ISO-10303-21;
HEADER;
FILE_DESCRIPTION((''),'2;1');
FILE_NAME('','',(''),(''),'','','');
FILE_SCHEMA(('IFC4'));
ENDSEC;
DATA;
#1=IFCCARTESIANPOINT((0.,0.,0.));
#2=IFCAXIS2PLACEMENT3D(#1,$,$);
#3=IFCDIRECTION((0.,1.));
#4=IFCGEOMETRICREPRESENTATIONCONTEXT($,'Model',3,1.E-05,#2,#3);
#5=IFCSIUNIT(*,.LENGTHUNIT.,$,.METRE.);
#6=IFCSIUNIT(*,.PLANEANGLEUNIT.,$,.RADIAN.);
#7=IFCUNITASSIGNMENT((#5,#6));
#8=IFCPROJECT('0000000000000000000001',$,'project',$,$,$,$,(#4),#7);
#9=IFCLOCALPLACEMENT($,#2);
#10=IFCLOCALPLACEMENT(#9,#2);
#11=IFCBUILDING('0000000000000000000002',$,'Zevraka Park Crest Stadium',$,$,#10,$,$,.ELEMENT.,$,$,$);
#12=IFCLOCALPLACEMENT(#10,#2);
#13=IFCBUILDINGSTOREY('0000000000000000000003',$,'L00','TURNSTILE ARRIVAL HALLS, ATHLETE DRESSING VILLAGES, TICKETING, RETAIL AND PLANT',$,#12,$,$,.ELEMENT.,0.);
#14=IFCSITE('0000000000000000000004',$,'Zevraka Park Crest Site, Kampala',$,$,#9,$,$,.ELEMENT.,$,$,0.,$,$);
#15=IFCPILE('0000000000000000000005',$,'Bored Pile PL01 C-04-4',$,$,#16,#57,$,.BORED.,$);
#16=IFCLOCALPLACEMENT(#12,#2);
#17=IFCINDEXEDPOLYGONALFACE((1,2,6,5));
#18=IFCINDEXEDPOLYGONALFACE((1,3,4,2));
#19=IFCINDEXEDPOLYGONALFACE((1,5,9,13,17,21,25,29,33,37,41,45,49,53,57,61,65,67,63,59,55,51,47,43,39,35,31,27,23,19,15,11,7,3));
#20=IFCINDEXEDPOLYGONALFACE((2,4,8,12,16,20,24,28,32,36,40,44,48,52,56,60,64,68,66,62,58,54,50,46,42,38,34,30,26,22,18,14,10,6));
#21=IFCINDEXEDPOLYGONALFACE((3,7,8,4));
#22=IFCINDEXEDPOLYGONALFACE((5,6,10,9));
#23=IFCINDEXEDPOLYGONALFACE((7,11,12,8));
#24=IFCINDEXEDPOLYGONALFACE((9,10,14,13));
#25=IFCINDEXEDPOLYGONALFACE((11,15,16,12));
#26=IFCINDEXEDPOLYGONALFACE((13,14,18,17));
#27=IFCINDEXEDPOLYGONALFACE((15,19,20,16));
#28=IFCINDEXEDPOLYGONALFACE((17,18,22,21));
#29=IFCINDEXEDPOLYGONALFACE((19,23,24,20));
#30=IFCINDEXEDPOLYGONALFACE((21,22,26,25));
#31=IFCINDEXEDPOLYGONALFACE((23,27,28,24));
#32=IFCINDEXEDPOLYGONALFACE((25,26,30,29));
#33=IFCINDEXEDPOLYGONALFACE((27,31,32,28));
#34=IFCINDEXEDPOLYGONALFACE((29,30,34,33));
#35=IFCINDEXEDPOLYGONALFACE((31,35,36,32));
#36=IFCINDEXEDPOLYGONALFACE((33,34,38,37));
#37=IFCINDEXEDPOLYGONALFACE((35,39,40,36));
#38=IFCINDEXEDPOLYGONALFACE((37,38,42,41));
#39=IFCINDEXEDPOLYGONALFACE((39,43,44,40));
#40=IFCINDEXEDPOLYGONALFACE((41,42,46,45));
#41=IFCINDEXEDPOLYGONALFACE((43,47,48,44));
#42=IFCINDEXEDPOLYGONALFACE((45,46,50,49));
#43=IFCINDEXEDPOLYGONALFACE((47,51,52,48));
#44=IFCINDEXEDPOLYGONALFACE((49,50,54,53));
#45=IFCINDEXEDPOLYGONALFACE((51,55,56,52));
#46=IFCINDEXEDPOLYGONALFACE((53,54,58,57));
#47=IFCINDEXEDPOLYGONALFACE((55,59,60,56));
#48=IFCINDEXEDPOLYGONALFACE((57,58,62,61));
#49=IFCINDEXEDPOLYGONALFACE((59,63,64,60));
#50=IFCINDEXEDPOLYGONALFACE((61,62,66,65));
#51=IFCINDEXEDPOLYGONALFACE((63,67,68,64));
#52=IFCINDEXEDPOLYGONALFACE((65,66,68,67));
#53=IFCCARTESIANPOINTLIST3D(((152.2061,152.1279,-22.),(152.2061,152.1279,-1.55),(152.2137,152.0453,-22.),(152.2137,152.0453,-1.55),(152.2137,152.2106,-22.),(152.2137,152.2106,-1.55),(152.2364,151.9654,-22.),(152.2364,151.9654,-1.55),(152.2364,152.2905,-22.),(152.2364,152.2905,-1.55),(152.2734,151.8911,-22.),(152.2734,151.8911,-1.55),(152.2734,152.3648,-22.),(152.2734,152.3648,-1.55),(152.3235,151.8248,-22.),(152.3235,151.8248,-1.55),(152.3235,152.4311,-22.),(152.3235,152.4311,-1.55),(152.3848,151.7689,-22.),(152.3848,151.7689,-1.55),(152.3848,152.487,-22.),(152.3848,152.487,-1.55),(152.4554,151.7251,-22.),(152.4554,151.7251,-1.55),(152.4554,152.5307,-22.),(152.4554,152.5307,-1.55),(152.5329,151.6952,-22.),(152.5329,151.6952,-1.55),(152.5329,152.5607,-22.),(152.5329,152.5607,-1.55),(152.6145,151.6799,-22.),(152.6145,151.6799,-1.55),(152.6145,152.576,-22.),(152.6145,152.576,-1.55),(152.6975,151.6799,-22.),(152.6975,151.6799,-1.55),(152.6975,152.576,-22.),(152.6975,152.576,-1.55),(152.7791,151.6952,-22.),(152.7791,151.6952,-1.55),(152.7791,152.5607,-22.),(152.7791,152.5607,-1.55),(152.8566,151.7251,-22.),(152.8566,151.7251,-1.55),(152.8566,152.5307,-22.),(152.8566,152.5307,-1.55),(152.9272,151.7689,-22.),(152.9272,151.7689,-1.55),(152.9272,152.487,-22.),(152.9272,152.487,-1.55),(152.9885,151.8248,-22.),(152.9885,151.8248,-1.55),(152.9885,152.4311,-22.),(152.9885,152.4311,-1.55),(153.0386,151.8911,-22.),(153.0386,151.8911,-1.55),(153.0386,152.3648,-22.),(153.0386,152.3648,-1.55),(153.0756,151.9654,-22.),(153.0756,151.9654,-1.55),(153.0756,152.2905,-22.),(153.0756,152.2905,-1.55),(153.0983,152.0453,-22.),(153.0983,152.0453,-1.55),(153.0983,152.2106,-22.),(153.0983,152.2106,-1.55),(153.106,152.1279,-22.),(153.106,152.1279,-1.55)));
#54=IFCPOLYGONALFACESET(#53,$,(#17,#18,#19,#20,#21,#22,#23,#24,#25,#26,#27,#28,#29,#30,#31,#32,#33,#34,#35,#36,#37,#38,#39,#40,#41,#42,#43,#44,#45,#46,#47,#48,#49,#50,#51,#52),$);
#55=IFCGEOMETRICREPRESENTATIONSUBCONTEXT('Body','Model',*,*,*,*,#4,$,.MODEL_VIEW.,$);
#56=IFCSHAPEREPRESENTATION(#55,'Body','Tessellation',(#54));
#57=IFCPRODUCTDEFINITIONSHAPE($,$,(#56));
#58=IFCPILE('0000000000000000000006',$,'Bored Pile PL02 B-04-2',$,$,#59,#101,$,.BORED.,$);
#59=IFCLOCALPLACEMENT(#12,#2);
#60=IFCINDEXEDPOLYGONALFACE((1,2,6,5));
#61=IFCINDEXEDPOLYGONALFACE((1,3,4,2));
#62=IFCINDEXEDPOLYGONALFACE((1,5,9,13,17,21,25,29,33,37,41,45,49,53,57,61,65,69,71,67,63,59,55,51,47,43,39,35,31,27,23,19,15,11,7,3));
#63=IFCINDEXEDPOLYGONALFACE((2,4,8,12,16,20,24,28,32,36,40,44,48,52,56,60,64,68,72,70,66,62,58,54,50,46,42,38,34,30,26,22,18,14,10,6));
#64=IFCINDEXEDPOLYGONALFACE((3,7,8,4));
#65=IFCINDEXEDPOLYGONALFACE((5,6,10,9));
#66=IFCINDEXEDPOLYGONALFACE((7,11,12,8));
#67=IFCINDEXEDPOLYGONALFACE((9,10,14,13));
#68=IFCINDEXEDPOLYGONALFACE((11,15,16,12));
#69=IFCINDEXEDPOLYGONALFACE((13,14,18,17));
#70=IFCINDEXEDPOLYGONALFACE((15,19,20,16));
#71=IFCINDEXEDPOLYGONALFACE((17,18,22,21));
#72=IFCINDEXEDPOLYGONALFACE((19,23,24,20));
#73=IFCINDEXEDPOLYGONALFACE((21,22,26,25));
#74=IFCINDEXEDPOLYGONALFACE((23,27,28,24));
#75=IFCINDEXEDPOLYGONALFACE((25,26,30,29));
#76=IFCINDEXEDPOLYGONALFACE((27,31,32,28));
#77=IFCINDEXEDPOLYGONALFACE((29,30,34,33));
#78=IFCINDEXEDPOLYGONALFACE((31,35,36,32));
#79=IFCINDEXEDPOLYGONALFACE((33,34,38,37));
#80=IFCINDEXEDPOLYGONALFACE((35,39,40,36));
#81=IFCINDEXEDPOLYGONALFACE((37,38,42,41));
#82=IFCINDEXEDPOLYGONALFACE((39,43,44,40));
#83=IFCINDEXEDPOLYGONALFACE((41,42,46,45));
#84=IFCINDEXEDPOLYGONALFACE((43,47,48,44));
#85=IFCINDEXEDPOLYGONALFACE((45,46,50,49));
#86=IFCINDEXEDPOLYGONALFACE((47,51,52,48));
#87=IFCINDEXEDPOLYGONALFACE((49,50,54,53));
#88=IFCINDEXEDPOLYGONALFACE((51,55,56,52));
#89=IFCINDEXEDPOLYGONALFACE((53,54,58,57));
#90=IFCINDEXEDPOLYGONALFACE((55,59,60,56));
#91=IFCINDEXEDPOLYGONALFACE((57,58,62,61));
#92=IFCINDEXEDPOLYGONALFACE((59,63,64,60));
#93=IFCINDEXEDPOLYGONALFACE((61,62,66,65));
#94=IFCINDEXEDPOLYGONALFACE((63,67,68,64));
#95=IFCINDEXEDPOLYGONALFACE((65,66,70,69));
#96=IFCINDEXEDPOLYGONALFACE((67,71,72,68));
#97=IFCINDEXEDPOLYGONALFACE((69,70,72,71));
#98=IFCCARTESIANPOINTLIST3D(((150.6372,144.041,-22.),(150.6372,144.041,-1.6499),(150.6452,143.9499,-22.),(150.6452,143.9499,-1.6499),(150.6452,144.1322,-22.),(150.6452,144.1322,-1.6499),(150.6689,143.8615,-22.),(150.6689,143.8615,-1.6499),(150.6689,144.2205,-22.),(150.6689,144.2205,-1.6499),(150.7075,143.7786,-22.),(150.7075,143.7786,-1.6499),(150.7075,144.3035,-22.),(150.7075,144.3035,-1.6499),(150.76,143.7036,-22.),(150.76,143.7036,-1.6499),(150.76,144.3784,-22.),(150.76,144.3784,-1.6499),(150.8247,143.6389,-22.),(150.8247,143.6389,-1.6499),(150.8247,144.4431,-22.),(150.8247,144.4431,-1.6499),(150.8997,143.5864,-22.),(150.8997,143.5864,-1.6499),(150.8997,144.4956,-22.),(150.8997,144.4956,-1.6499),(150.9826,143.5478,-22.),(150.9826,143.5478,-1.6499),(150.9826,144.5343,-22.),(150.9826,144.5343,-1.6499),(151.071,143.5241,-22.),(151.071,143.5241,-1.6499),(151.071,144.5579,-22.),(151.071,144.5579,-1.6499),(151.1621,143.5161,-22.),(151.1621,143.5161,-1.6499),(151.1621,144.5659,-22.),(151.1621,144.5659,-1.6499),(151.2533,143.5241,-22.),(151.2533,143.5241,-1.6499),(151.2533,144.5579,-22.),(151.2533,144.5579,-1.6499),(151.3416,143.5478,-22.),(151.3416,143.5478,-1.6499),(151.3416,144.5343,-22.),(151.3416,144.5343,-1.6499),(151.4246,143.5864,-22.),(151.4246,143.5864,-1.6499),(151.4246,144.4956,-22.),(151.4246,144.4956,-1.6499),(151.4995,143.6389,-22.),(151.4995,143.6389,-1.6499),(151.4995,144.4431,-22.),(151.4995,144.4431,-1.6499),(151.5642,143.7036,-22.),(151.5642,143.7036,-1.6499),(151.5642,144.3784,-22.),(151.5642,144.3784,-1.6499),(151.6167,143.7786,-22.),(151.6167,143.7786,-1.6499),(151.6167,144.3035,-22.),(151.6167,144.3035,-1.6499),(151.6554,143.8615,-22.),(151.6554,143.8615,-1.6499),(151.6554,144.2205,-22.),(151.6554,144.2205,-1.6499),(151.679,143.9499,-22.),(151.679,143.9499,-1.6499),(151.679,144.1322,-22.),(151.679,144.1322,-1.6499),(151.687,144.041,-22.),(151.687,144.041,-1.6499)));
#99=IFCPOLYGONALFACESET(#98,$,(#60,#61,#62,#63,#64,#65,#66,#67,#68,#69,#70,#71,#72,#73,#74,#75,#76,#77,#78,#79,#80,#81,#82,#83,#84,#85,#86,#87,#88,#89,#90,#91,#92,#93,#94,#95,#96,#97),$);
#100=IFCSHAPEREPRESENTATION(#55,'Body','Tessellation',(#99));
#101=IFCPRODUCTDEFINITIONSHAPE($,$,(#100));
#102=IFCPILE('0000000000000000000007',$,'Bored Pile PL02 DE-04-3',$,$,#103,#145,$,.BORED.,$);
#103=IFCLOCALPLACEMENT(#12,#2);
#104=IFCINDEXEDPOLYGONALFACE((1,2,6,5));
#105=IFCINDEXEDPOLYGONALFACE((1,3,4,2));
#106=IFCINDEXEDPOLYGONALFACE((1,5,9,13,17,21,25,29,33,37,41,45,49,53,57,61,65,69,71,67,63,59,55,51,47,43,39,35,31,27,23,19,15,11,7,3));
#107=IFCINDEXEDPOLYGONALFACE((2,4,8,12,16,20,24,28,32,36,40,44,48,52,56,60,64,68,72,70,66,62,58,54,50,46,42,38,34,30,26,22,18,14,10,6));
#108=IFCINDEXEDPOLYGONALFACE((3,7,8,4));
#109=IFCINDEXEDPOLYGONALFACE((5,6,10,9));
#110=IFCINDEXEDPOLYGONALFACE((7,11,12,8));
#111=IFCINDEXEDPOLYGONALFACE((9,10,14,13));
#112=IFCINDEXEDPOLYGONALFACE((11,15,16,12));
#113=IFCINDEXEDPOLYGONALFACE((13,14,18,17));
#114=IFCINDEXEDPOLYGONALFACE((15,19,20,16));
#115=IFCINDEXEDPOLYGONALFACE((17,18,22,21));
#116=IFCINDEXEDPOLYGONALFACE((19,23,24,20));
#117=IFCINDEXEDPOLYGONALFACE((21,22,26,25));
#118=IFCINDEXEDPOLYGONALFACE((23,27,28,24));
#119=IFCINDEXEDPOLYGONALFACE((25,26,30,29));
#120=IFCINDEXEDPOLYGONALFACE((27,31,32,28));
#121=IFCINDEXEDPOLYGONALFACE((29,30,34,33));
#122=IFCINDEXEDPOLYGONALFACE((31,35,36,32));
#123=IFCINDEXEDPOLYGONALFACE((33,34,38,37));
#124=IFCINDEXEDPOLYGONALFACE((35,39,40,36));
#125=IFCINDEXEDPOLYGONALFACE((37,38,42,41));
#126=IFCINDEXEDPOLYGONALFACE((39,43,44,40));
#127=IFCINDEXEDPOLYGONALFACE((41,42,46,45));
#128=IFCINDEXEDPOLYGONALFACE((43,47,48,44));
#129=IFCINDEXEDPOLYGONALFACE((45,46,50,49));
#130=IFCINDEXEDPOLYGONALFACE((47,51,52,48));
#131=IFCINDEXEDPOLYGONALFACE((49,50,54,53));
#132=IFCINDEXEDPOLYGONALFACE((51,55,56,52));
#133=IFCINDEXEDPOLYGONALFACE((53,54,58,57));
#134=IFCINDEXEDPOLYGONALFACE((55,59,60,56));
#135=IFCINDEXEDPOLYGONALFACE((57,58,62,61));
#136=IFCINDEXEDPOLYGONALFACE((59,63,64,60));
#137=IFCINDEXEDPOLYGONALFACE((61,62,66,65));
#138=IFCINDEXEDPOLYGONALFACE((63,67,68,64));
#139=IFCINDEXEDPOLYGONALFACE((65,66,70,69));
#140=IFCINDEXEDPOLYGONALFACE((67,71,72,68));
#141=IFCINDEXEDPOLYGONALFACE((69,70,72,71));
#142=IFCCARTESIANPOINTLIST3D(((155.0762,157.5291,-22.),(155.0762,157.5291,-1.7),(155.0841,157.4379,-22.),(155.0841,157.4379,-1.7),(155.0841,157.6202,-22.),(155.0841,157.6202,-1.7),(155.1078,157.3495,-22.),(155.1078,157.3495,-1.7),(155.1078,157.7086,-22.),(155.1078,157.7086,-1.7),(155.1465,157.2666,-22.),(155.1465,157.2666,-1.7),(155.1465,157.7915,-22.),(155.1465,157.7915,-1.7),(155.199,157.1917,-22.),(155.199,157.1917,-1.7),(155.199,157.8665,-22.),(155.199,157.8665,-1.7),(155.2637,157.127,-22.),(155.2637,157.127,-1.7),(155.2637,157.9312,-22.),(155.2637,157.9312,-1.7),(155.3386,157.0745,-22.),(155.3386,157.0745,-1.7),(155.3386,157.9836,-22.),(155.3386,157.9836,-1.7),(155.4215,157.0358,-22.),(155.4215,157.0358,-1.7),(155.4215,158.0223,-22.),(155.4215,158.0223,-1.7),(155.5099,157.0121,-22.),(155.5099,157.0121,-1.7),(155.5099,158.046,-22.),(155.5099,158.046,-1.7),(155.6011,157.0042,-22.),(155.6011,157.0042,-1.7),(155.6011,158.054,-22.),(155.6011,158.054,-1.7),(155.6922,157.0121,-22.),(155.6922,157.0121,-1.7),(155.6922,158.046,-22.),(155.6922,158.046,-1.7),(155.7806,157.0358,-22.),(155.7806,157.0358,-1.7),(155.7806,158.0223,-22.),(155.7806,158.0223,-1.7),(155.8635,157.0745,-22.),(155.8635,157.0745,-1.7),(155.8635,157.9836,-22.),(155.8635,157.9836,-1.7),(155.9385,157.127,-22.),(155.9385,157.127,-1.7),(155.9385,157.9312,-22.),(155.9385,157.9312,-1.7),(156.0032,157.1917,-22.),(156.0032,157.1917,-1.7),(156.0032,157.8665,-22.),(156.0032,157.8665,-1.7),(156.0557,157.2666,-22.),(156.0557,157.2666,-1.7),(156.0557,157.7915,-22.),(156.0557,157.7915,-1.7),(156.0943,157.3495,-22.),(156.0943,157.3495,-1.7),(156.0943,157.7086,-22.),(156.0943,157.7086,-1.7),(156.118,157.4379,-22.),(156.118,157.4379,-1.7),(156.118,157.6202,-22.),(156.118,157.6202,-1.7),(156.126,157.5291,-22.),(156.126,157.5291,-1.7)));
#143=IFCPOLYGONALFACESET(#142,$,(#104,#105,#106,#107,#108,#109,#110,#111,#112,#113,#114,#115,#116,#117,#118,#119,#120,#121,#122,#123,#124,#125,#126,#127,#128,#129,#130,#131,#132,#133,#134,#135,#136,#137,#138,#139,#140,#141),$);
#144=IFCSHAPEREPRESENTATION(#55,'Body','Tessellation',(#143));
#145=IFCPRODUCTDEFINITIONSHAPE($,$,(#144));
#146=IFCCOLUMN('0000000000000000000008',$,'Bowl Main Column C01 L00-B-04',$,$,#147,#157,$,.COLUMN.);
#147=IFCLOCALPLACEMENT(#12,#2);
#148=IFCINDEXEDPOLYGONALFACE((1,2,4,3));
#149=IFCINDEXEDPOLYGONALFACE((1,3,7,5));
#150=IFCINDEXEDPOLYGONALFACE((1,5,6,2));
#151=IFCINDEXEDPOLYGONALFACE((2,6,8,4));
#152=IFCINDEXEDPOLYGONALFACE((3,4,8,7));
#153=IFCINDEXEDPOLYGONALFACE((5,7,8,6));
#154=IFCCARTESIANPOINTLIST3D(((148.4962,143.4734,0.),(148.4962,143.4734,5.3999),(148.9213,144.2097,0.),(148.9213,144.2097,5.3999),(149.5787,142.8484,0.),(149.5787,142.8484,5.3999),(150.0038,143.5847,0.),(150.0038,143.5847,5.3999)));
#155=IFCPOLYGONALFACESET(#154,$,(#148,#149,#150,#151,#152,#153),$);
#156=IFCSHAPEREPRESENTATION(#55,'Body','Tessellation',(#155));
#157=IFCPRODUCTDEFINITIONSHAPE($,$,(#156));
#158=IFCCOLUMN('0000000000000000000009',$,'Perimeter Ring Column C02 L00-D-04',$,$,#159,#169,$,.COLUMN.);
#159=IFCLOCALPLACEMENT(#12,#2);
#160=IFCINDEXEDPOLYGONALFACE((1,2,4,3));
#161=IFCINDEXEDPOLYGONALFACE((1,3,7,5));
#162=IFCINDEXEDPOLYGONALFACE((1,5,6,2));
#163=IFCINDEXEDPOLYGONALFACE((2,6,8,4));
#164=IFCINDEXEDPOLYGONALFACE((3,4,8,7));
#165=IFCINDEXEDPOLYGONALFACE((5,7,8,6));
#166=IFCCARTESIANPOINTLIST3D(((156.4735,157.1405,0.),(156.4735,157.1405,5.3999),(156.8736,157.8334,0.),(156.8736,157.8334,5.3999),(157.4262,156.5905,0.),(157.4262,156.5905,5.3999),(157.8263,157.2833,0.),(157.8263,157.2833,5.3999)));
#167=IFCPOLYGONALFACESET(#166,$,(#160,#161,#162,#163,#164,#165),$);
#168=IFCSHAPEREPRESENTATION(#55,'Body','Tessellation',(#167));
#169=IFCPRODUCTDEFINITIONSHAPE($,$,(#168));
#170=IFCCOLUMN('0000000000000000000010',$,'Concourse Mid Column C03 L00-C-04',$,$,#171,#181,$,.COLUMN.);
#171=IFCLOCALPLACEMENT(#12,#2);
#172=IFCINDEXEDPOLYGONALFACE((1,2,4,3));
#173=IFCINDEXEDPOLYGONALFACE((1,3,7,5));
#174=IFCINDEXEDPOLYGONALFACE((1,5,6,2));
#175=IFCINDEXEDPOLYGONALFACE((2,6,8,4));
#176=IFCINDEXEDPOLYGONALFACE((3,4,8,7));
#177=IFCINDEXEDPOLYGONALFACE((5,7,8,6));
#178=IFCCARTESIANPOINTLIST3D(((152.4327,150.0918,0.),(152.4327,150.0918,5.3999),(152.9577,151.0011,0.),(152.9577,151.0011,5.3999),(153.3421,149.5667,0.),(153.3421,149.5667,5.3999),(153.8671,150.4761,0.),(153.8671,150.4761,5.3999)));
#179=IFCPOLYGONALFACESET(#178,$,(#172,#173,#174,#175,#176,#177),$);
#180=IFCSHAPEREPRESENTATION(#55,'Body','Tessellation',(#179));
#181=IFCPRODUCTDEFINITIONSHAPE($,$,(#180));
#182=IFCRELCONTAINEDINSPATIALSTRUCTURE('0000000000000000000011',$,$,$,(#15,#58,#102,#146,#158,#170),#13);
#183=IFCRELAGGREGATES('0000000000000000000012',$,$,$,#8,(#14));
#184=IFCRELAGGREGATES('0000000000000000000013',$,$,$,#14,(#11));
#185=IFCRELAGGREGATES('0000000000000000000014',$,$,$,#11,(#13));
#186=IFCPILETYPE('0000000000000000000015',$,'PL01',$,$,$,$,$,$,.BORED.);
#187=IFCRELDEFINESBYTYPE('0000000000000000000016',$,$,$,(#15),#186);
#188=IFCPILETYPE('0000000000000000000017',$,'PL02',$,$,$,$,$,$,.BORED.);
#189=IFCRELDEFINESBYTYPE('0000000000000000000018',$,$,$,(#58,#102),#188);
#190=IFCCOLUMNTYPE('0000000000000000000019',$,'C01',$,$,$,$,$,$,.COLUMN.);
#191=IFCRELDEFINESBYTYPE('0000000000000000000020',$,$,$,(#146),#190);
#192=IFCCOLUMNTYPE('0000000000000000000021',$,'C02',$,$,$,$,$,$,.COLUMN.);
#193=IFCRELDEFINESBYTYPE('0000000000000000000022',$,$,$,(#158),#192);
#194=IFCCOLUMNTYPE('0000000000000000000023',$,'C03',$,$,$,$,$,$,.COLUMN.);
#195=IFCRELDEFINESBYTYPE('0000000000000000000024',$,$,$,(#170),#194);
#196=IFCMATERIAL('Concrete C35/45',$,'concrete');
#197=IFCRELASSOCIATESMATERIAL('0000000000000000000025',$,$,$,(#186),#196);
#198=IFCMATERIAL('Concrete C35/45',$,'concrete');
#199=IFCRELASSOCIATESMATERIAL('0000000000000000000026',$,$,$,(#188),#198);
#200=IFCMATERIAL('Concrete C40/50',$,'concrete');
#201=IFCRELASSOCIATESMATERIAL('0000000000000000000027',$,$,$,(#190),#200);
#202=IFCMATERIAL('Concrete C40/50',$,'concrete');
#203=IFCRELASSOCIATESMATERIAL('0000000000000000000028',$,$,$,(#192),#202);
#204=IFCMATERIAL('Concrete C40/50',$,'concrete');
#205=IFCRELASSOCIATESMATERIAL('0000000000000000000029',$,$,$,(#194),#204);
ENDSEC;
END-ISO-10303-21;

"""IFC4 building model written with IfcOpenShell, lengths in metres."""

from ifc_helpers import new_model, si_unit, direction, frame, origin, origin_2d, place, context, subcontext, project, spatial, rectangle, circle, extrude, material, material_profile, profile_set, type_object, element, save


model = new_model("IFC4")

# Units and contexts
model_context = context("Model", 3, precision=1e-05, world=origin(), true_north=direction((0.0, 1.0)))
body_context = subcontext(model_context, "Body", "Model", "MODEL_VIEW")
ifc_project = project(units=[si_unit("LENGTHUNIT", "METRE"), si_unit("PLANEANGLEUNIT", "RADIAN")], contexts=[model_context])

# Site, building, storey
site_placement = place(None, origin())
site = spatial("IfcSite", under=ifc_project, at=site_placement, Name="Zevraka Park Crest Site, Kampala", CompositionType="ELEMENT", RefElevation=0.0)
building_placement = place(site_placement, origin())
building = spatial("IfcBuilding", under=site, at=building_placement, Name="Zevraka Park Crest Stadium", CompositionType="ELEMENT")
storey_placement = place(building_placement, origin())
storey = spatial("IfcBuildingStorey", under=building, at=storey_placement, Name="L00", Description="TURNSTILE ARRIVAL HALLS, ATHLETE DRESSING VILLAGES, TICKETING, RETAIL AND PLANT", CompositionType="ELEMENT", Elevation=0.0)

# Piles
ifc_material_1 = material(Name="Concrete C35/45", Category="concrete")
ifc_material_profile_1 = material_profile(ifc_material_1, circle(Radius=0.45, at=origin_2d()), Name="PILE D900")
ifc_profile_set_1 = profile_set([ifc_material_profile_1], Name="Concrete C35/45")
pile_type_1 = type_object("IfcPileType", Name="PL01", PredefinedType="BORED", material=ifc_profile_set_1)
for number, where, z_axis, x_axis, name in (
    (1, (152.656, 152.1279, -1.55), (0.0, 0.0, -1.0), (1.0, 0.0, 0.0), "Bored Pile PL01 C-04-4"),
):
    element("IfcPile", number, at=place(storey_placement, frame(where, z_axis=z_axis, x_axis=x_axis)), inside=storey, type_object=pile_type_1, Name=name, PredefinedType="BORED", context=body_context, shape_type="SweptSolid", body=[
        extrude(circle(Radius=0.45, at=origin_2d()), origin(), (0.0, 0.0, 1.0), 20.45),
    ])
ifc_material_2 = material(Name="Concrete C35/45", Category="concrete")
ifc_material_profile_2 = material_profile(ifc_material_2, circle(Radius=0.5249, at=origin_2d()), Name="PILE D1050")
ifc_profile_set_2 = profile_set([ifc_material_profile_2], Name="Concrete C35/45")
pile_type_2 = type_object("IfcPileType", Name="PL02", PredefinedType="BORED", material=ifc_profile_set_2)
pile_1_placement = place(storey_placement, frame((151.1621, 144.041, -1.6499), z_axis=(0.0, 0.0, -1.0), x_axis=(1.0, 0.0, 0.0)))
element("IfcPile", 2, at=pile_1_placement, inside=storey, type_object=pile_type_2, Name="Bored Pile PL02 B-04-2", PredefinedType="BORED", context=body_context, shape_type="SweptSolid", body=[
    extrude(circle(Radius=0.5249, at=origin_2d()), origin(), (0.0, 0.0, 1.0), 20.3501),
])
pile_2_placement = place(storey_placement, frame((155.6011, 157.5291, -1.7), z_axis=(0.0, 0.0, -1.0), x_axis=(1.0, 0.0, 0.0)))
element("IfcPile", 3, at=pile_2_placement, inside=storey, type_object=pile_type_2, Name="Bored Pile PL02 DE-04-3", PredefinedType="BORED", context=body_context, shape_type="SweptSolid", body=[
    extrude(circle(Radius=0.5249, at=origin_2d()), origin(), (0.0, 0.0, 1.0), 20.3),
])

# Columns
ifc_material_3 = material(Name="Concrete C40/50", Category="concrete")
ifc_material_profile_3 = material_profile(ifc_material_3, rectangle(XDim=0.8501, YDim=1.25, at=origin_2d()), Name="RC 1250x850")
ifc_profile_set_3 = profile_set([ifc_material_profile_3], Name="Concrete C40/50")
column_type_1 = type_object("IfcColumnType", Name="C01", PredefinedType="COLUMN", material=ifc_profile_set_3)
column_1_placement = place(storey_placement, frame((149.25, 143.5291, 0.0), z_axis=(0.0, 0.0, 1.0), x_axis=(0.5, 0.866025, 0.0)))
element("IfcColumn", 4, at=column_1_placement, inside=storey, type_object=column_type_1, Name="Bowl Main Column C01 L00-B-04", PredefinedType="COLUMN", context=body_context, shape_type="SweptSolid", body=[
    extrude(rectangle(XDim=0.8501, YDim=1.25, at=origin_2d()), origin(), (0.0, 0.0, 1.0), 5.3999),
])
ifc_material_4 = material(Name="Concrete C40/50", Category="concrete")
ifc_material_profile_4 = material_profile(ifc_material_4, rectangle(XDim=0.8, YDim=1.1001, at=origin_2d()), Name="RC 1100x800")
ifc_profile_set_4 = profile_set([ifc_material_profile_4], Name="Concrete C40/50")
column_type_2 = type_object("IfcColumnType", Name="C02", PredefinedType="COLUMN", material=ifc_profile_set_4)
column_2_placement = place(storey_placement, frame((157.1499, 157.2119, 0.0), z_axis=(0.0, 0.0, 1.0), x_axis=(0.5, 0.866025, 0.0)))
element("IfcColumn", 5, at=column_2_placement, inside=storey, type_object=column_type_2, Name="Perimeter Ring Column C02 L00-D-04", PredefinedType="COLUMN", context=body_context, shape_type="SweptSolid", body=[
    extrude(rectangle(XDim=0.8, YDim=1.1001, at=origin_2d()), origin(), (0.0, 0.0, 1.0), 5.3999),
])
ifc_material_5 = material(Name="Concrete C40/50", Category="concrete")
ifc_material_profile_5 = material_profile(ifc_material_5, rectangle(XDim=1.05, YDim=1.05, at=origin_2d()), Name="RC 1050x1050")
ifc_profile_set_5 = profile_set([ifc_material_profile_5], Name="Concrete C40/50")
column_type_3 = type_object("IfcColumnType", Name="C03", PredefinedType="COLUMN", material=ifc_profile_set_5)
column_3_placement = place(storey_placement, frame((153.1499, 150.2839, 0.0), z_axis=(0.0, 0.0, 1.0), x_axis=(0.5, 0.866025, 0.0)))
element("IfcColumn", 6, at=column_3_placement, inside=storey, type_object=column_type_3, Name="Concourse Mid Column C03 L00-C-04", PredefinedType="COLUMN", context=body_context, shape_type="SweptSolid", body=[
    extrude(rectangle(XDim=1.05, YDim=1.05, at=origin_2d()), origin(), (0.0, 0.0, 1.0), 5.3999),
])

save(model, "model.ifc")
